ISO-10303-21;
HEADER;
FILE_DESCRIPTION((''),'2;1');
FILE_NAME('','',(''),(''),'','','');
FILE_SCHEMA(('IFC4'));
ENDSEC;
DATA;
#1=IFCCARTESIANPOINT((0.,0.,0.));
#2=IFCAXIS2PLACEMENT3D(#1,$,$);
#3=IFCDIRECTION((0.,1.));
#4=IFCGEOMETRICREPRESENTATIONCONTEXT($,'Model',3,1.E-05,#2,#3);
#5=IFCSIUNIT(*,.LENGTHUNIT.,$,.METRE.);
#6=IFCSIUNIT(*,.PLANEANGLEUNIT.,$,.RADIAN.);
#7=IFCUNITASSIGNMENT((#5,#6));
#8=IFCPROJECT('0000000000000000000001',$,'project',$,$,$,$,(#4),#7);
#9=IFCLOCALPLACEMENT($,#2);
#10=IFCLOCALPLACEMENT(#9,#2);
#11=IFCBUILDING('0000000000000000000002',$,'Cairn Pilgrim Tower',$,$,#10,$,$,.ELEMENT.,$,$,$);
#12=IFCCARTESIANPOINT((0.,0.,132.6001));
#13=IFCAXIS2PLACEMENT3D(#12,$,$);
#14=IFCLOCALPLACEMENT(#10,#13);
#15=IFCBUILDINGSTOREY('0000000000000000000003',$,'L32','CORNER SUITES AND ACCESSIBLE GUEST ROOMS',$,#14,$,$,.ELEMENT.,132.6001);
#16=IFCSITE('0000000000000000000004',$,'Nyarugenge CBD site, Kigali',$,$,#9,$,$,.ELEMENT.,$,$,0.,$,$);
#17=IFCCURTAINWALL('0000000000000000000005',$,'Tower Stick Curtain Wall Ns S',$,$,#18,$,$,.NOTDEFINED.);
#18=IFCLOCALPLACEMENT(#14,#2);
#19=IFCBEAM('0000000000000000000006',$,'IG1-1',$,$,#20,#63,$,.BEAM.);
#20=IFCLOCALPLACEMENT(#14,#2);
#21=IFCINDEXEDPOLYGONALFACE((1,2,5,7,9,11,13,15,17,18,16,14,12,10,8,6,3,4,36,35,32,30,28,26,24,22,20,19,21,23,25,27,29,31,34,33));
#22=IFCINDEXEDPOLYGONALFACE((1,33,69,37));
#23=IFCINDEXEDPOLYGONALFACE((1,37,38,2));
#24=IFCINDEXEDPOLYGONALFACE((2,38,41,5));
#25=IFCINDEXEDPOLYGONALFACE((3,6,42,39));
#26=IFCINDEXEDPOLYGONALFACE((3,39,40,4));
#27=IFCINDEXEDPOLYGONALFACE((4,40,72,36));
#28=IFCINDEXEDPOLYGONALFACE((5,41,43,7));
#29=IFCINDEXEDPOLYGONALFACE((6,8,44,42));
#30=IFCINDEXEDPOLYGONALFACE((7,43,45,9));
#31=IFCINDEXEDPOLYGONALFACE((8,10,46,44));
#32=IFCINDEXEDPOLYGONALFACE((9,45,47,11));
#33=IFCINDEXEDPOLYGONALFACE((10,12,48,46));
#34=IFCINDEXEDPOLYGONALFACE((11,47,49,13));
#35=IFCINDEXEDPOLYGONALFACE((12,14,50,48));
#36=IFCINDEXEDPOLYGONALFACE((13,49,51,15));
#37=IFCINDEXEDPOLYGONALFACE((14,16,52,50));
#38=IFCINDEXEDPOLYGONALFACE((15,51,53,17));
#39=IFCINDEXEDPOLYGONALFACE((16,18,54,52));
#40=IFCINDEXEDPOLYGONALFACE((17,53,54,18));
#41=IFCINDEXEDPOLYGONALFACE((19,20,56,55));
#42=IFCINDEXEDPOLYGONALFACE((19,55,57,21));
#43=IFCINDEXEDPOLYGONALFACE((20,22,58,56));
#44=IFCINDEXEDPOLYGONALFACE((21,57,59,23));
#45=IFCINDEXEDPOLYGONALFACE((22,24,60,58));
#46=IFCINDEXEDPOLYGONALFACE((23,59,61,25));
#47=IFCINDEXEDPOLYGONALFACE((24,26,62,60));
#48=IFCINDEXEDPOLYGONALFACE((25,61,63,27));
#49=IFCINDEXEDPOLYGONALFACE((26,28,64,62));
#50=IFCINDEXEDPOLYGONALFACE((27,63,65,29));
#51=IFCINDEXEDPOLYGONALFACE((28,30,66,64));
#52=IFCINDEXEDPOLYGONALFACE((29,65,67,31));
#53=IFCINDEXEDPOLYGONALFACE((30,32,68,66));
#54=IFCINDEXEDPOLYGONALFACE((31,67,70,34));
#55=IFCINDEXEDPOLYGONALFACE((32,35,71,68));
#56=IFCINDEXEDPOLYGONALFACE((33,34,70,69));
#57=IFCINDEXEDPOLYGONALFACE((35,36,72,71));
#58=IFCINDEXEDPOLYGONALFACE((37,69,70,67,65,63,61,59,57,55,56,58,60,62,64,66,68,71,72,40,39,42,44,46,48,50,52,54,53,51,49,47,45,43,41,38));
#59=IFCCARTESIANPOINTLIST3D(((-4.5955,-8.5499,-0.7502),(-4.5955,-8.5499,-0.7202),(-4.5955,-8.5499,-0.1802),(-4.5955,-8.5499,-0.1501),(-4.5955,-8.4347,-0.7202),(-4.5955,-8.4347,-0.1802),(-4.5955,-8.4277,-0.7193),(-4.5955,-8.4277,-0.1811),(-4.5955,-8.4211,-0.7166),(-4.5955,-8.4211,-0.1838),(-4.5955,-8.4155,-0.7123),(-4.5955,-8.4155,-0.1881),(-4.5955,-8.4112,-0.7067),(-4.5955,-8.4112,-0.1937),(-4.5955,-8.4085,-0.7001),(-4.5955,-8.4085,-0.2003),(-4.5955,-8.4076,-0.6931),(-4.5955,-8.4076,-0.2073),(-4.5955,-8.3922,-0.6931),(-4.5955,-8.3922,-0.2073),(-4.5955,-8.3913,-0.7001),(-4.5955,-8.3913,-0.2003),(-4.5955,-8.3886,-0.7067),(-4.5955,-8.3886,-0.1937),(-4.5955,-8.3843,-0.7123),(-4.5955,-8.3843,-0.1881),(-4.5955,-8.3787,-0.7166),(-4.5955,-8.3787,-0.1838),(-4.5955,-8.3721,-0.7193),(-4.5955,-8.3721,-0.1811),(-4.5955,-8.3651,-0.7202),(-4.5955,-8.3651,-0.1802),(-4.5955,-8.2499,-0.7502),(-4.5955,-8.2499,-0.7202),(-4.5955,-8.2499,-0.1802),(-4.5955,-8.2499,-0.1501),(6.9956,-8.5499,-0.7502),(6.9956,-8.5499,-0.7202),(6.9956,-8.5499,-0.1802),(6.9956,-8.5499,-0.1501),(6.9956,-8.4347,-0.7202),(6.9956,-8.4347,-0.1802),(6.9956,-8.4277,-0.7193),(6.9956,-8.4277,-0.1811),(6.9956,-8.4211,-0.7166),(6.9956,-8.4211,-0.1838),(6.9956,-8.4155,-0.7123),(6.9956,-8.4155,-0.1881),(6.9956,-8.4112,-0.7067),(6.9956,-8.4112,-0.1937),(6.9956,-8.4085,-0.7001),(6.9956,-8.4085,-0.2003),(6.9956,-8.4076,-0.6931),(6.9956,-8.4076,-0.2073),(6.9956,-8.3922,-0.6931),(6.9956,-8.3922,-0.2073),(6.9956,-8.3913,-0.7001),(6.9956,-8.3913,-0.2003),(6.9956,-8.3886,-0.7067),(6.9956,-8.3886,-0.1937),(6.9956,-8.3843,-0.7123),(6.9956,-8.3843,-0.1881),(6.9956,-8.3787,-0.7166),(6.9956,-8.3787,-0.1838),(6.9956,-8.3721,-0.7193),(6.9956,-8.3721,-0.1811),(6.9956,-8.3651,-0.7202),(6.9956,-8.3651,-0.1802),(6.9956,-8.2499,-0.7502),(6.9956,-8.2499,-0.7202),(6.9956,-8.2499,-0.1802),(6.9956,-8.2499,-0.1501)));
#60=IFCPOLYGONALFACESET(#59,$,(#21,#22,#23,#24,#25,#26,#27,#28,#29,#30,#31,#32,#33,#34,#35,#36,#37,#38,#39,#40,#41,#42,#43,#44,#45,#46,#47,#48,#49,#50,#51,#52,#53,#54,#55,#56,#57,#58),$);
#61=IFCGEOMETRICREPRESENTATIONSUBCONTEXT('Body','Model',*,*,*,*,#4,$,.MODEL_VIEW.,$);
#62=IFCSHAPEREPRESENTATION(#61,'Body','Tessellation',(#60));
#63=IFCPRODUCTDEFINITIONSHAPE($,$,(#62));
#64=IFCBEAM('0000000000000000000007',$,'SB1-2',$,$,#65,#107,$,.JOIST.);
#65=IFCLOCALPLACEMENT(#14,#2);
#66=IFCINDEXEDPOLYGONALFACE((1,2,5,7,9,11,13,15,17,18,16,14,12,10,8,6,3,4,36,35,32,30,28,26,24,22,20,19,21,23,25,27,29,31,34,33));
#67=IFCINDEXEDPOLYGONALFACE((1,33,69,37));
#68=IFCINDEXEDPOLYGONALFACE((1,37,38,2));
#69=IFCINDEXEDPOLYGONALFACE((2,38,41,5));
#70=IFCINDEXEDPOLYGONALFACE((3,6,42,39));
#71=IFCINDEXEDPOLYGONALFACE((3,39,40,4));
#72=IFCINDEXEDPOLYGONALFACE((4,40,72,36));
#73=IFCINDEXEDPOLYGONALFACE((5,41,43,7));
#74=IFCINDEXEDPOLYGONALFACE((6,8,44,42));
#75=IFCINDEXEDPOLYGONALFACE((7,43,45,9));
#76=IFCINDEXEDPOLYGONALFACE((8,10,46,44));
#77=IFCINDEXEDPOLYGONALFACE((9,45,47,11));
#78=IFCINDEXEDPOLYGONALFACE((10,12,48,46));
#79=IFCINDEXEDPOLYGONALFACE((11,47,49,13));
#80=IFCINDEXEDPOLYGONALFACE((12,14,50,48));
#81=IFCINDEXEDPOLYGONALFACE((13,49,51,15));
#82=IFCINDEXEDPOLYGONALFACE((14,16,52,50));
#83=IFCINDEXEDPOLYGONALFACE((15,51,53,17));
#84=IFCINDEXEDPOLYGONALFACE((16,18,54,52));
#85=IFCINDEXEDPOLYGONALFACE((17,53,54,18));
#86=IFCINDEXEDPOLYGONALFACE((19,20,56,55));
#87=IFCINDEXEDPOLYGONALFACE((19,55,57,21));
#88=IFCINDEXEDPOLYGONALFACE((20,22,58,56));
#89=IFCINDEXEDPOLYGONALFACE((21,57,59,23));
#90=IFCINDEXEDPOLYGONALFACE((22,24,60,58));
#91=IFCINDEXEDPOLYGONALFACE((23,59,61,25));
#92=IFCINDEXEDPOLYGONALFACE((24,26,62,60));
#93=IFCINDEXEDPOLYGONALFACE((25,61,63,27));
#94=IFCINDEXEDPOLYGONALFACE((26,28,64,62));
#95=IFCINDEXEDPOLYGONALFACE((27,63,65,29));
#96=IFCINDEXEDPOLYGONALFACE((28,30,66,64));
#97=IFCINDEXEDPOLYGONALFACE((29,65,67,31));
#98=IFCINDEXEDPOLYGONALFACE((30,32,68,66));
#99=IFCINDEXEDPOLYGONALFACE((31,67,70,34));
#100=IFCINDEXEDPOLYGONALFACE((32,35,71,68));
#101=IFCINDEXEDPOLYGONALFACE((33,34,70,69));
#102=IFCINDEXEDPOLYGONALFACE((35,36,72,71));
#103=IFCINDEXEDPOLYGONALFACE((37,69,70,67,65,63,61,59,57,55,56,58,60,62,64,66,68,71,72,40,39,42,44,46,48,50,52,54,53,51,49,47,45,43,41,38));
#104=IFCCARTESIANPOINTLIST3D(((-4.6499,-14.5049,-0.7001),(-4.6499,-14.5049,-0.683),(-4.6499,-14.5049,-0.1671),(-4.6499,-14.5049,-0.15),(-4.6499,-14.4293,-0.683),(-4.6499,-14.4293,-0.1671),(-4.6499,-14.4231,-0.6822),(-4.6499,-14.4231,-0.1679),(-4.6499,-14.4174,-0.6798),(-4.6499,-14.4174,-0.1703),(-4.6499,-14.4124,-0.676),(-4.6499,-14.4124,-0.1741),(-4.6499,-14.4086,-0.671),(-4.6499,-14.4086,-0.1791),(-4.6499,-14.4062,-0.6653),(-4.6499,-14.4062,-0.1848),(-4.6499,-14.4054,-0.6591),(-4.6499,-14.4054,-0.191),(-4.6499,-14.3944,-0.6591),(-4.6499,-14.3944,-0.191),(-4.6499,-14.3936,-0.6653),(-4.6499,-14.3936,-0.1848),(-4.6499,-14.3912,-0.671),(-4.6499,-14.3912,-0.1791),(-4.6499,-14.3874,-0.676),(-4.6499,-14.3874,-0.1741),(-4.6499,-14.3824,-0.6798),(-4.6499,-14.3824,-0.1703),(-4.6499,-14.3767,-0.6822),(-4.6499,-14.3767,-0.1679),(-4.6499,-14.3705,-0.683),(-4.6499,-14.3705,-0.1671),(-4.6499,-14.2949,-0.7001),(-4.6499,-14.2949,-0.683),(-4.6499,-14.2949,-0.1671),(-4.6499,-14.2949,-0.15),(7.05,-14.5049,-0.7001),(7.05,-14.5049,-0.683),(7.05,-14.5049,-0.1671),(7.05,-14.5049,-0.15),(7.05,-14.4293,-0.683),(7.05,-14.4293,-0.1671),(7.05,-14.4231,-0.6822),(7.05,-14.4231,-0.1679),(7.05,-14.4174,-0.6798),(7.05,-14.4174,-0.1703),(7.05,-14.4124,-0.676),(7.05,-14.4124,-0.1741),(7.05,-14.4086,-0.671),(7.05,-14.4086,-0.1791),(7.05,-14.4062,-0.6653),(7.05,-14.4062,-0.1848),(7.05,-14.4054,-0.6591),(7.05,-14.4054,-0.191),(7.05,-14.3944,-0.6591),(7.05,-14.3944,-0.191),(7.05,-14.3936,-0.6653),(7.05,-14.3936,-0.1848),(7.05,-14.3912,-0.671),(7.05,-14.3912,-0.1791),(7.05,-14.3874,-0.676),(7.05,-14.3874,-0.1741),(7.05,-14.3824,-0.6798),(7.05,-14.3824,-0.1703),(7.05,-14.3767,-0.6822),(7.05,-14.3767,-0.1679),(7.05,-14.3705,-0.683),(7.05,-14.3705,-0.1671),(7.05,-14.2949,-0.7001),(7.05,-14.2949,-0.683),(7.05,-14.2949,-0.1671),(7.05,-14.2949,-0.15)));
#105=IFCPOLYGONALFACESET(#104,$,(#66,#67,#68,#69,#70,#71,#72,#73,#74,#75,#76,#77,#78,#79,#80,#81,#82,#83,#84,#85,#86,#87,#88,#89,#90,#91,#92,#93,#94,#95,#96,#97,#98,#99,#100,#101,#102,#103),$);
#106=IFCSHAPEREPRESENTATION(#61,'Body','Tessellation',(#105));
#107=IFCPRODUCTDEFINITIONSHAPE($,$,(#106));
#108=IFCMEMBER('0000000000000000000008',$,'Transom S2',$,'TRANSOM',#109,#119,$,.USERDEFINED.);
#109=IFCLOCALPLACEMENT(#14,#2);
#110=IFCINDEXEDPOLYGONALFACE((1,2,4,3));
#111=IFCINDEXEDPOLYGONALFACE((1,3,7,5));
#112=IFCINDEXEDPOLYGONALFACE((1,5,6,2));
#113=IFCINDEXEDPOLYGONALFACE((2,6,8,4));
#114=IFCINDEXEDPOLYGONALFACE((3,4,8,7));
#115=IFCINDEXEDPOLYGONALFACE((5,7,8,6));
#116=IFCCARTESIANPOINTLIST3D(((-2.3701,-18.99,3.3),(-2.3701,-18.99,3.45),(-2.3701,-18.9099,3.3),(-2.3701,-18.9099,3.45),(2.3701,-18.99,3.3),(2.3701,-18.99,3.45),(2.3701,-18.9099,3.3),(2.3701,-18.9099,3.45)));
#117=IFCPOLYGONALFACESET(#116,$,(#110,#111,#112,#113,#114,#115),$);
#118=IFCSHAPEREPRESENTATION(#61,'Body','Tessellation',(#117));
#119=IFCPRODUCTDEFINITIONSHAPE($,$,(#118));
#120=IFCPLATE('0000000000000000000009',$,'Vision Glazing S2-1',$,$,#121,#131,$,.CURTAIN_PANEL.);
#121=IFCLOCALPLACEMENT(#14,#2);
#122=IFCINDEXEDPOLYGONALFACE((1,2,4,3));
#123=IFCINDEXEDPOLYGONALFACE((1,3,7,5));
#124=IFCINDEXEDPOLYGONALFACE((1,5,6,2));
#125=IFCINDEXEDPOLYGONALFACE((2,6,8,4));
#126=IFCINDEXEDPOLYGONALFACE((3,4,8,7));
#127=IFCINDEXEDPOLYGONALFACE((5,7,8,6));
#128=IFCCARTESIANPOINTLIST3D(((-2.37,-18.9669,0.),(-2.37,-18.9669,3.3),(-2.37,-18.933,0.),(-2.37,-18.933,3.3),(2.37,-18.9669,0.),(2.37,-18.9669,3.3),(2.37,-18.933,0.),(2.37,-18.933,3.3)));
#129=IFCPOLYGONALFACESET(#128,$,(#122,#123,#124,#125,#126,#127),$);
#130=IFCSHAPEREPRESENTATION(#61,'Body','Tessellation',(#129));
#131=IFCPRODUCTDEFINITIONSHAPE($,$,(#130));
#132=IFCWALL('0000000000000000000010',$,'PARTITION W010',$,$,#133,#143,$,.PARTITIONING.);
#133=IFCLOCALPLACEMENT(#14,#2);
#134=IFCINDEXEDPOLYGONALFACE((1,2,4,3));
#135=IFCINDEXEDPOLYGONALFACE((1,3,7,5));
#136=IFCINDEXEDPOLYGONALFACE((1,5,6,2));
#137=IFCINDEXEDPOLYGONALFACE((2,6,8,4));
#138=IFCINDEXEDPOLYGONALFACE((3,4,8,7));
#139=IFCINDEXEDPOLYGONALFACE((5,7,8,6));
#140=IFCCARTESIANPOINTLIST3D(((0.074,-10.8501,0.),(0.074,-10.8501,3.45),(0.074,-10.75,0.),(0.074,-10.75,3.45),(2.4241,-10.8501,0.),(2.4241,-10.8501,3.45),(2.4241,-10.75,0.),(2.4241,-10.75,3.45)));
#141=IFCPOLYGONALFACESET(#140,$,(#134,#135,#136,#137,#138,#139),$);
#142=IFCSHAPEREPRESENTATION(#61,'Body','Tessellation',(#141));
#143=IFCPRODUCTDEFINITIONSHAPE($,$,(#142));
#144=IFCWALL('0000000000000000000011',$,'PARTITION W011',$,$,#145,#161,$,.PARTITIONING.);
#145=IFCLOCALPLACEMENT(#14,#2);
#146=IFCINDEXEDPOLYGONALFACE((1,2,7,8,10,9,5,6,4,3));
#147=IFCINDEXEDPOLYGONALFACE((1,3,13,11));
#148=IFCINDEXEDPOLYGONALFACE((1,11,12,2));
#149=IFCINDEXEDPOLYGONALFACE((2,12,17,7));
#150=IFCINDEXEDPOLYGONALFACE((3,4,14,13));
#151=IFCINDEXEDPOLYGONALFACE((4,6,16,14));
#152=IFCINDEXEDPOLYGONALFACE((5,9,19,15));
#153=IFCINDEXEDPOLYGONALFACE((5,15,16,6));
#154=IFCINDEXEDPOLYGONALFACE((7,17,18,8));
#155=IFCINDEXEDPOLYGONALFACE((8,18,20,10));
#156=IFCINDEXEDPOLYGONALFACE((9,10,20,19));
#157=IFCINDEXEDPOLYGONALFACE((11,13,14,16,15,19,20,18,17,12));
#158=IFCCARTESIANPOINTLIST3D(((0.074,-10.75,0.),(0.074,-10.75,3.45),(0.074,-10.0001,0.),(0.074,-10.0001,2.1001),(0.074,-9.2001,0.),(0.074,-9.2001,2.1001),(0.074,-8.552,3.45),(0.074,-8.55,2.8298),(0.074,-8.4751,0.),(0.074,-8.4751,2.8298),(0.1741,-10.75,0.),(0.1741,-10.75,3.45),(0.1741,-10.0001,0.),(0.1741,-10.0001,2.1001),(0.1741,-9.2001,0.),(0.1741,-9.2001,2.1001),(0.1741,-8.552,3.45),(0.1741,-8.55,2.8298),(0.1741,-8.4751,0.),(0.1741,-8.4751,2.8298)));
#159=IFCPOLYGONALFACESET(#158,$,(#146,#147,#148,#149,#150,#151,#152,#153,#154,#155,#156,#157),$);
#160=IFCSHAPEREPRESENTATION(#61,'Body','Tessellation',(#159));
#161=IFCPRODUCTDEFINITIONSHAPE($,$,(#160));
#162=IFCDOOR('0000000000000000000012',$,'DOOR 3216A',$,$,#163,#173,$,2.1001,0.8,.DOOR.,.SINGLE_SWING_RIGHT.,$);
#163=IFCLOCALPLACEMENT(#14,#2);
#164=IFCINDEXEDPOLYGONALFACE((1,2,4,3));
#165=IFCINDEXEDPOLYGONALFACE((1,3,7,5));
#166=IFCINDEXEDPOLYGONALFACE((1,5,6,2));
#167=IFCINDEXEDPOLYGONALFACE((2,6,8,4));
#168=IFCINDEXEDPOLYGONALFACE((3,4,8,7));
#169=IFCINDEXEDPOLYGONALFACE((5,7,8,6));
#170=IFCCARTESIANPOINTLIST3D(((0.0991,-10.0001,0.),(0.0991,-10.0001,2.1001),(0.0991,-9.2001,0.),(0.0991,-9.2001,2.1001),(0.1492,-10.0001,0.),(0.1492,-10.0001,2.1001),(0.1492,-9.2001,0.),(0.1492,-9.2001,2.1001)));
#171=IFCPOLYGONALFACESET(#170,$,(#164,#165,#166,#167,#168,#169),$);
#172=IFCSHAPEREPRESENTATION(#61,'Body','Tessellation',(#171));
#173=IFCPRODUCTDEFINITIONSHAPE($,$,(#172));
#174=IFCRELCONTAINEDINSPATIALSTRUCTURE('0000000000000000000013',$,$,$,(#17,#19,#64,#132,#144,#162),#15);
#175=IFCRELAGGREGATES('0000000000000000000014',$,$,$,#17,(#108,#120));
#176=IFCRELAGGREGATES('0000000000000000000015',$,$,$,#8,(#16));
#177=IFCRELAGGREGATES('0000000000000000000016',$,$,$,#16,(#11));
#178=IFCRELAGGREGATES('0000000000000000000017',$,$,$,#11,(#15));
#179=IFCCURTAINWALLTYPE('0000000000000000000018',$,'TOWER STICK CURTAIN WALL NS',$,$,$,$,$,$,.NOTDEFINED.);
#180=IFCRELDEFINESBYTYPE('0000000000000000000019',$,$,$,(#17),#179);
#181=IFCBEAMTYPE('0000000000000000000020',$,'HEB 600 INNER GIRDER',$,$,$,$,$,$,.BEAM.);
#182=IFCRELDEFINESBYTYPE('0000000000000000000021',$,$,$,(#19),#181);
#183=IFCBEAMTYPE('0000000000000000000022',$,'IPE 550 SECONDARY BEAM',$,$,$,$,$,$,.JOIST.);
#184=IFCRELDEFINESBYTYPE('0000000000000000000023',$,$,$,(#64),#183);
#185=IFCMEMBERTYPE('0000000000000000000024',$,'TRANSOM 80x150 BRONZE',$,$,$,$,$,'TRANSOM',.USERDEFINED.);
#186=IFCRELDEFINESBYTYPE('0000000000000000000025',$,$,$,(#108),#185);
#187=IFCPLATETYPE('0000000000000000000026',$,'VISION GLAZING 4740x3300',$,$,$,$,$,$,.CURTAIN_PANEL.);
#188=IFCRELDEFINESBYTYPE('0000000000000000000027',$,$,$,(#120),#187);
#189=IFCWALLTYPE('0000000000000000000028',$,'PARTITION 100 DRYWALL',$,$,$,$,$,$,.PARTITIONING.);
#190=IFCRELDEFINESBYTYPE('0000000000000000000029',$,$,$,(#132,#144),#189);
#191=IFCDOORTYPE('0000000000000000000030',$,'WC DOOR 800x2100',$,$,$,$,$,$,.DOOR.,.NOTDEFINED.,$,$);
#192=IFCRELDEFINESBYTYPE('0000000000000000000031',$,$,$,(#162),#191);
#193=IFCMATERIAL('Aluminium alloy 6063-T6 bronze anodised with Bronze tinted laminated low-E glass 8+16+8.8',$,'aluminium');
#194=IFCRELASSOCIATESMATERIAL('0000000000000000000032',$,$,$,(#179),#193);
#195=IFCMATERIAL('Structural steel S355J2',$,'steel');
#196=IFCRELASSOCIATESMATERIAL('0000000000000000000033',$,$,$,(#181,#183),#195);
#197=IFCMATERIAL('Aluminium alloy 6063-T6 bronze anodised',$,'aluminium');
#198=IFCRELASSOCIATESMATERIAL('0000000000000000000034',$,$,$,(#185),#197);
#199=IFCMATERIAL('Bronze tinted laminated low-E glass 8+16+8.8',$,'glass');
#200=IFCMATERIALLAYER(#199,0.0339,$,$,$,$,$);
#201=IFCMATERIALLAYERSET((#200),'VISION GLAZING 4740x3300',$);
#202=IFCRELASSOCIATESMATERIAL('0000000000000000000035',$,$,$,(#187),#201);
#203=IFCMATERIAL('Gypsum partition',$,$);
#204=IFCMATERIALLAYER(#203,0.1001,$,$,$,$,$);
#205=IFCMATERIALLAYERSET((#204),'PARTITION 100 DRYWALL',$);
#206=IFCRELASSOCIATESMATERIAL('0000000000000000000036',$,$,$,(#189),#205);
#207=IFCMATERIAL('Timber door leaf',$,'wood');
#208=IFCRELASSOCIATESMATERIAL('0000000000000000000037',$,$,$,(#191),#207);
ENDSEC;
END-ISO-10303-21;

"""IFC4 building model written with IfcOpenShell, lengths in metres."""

from ifc_helpers import new_model, si_unit, direction, frame, frame_2d, origin, origin_2d, place, context, subcontext, project, spatial, polyline, rectangle, i_section, outline, extrude, material, layer, layer_set, material_profile, profile_set, type_object, element, fill, aggregate, save


model = new_model("IFC4")

# Units and contexts
model_context = context("Model", 3, precision=1e-05, world=origin(), true_north=direction((0.0, 1.0)))
body_context = subcontext(model_context, "Body", "Model", "MODEL_VIEW")
ifc_project = project(units=[si_unit("LENGTHUNIT", "METRE"), si_unit("PLANEANGLEUNIT", "RADIAN")], contexts=[model_context])

# Site, building, storey
site_placement = place(None, origin())
site = spatial("IfcSite", under=ifc_project, at=site_placement, Name="Nyarugenge CBD site, Kigali", CompositionType="ELEMENT", RefElevation=0.0)
building_placement = place(site_placement, origin())
building = spatial("IfcBuilding", under=site, at=building_placement, Name="Cairn Pilgrim Tower", CompositionType="ELEMENT")
storey_placement = place(building_placement, frame((0.0, 0.0, 132.6001)))
storey = spatial("IfcBuildingStorey", under=building, at=storey_placement, Name="L32", Description="CORNER SUITES AND ACCESSIBLE GUEST ROOMS", CompositionType="ELEMENT", Elevation=132.6001)

# Curtain wall
ifc_material_1 = material(Name="Aluminium alloy 6063-T6 bronze anodised with Bronze tinted laminated low-E glass 8+16+8.8", Category="aluminium")
curtain_wall_type = type_object("IfcCurtainWallType", Name="TOWER STICK CURTAIN WALL NS", PredefinedType="NOTDEFINED", material=ifc_material_1)
curtain_wall_placement = place(storey_placement, origin())
curtain_wall = element("IfcCurtainWall", 1, at=curtain_wall_placement, inside=storey, type_object=curtain_wall_type, Name="Tower Stick Curtain Wall Ns S", PredefinedType="NOTDEFINED")
ifc_material_2 = material(Name="Aluminium alloy 6063-T6 bronze anodised", Category="aluminium")

# Beams
ifc_material_3 = material(Name="Structural steel S355J2", Category="steel")
ifc_material_profile_1 = material_profile(ifc_material_3, i_section(OverallWidth=0.3, OverallDepth=0.6001, WebThickness=0.0154, FlangeThickness=0.03, FilletRadius=0.0271, at=origin_2d()), Name="HEB 600")
ifc_profile_set_1 = profile_set([ifc_material_profile_1], Name="Structural steel S355J2")
beam_type_1 = type_object("IfcBeamType", Name="HEB 600 INNER GIRDER", PredefinedType="BEAM", material=ifc_profile_set_1)
beam_1_placement = place(storey_placement, frame((-4.5955, -8.3999, -0.4502), z_axis=(1.0, 0.0, 0.0), x_axis=(0.0, 1.0, 0.0)))
element("IfcBeam", 2, at=beam_1_placement, inside=storey, type_object=beam_type_1, Name="IG1-1", PredefinedType="BEAM", context=body_context, shape_type="SweptSolid", body=[
    extrude(i_section(OverallWidth=0.3, OverallDepth=0.6001, WebThickness=0.0154, FlangeThickness=0.03, FilletRadius=0.0271, at=origin_2d()), origin(), (0.0, 0.0, 1.0), 11.5911),
])
ifc_material_profile_2 = material_profile(ifc_material_3, i_section(OverallWidth=0.21, OverallDepth=0.55, WebThickness=0.011, FlangeThickness=0.0171, FilletRadius=0.0239, at=origin_2d()), Name="IPE 550")
ifc_profile_set_2 = profile_set([ifc_material_profile_2], Name="Structural steel S355J2")
beam_type_2 = type_object("IfcBeamType", Name="IPE 550 SECONDARY BEAM", PredefinedType="JOIST", material=ifc_profile_set_2)
beam_2_placement = place(storey_placement, frame((-4.6499, -14.3999, -0.425), z_axis=(1.0, 0.0, 0.0), x_axis=(0.0, 1.0, 0.0)))
element("IfcBeam", 3, at=beam_2_placement, inside=storey, type_object=beam_type_2, Name="SB1-2", PredefinedType="JOIST", context=body_context, shape_type="SweptSolid", body=[
    extrude(i_section(OverallWidth=0.21, OverallDepth=0.55, WebThickness=0.011, FlangeThickness=0.0171, FilletRadius=0.0239, at=origin_2d()), origin(), (0.0, 0.0, 1.0), 11.7),
])

# Member
ifc_material_profile_3 = material_profile(ifc_material_2, rectangle(XDim=0.0801, YDim=0.1499, at=origin_2d()), Name="TRANSOM 80x150 BRONZE")
ifc_profile_set_3 = profile_set([ifc_material_profile_3], Name="Aluminium alloy 6063-T6 bronze anodised")
member_type_1 = type_object("IfcMemberType", Name="TRANSOM 80x150 BRONZE", ElementType="TRANSOM", PredefinedType="USERDEFINED", material=ifc_profile_set_3)
member_1_placement = place(storey_placement, frame((-2.3701, -18.95, 3.375), z_axis=(1.0, 0.0, 0.0), x_axis=(0.0, 1.0, 0.0)))
member_1 = element("IfcMember", 4, at=member_1_placement, type_object=member_type_1, Name="Transom S2", ObjectType="TRANSOM", PredefinedType="USERDEFINED", context=body_context, shape_type="SweptSolid", body=[
    extrude(rectangle(XDim=0.0801, YDim=0.1499, at=origin_2d()), origin(), (0.0, 0.0, 1.0), 4.7402),
])

# Plate
ifc_material_4 = material(Name="Bronze tinted laminated low-E glass 8+16+8.8", Category="glass")
ifc_layer_1 = layer(ifc_material_4, 0.0339)
ifc_layer_set_1 = layer_set([ifc_layer_1], Name="VISION GLAZING 4740x3300")
plate_type = type_object("IfcPlateType", Name="VISION GLAZING 4740x3300", PredefinedType="CURTAIN_PANEL", material=ifc_layer_set_1)
plate_placement = place(storey_placement, frame((0.0, -18.95, 0.0), z_axis=(0.0, 0.0, 1.0), x_axis=(1.0, 0.0, 0.0)))
plate = element("IfcPlate", 5, at=plate_placement, type_object=plate_type, Name="Vision Glazing S2-1", PredefinedType="CURTAIN_PANEL", context=body_context, shape_type="SweptSolid", body=[
    extrude(rectangle(XDim=4.74, YDim=0.0339, at=origin_2d()), origin(), (0.0, 0.0, 1.0), 3.3),
])
aggregate(curtain_wall, [member_1, plate])

# Wall
ifc_material_5 = material(Name="Gypsum partition")
ifc_layer_2 = layer(ifc_material_5, 0.1001)
ifc_layer_set_2 = layer_set([ifc_layer_2], Name="PARTITION 100 DRYWALL")
wall_type_1 = type_object("IfcWallType", Name="PARTITION 100 DRYWALL", PredefinedType="PARTITIONING", material=ifc_layer_set_2)
wall_1_placement = place(storey_placement, frame((0.074, -10.8, 0.0), z_axis=(0.0, 0.0, 1.0), x_axis=(1.0, 0.0, 0.0)))
element("IfcWall", 6, at=wall_1_placement, inside=storey, type_object=wall_type_1, Name="PARTITION W010", PredefinedType="PARTITIONING", context=body_context, shape_type="SweptSolid", body=[
    extrude(rectangle(XDim=2.3501, YDim=0.1001, at=frame_2d((1.175, 0.0))), origin(), (0.0, 0.0, 1.0), 3.45),
])

# Wall, opening, door
wall_2_placement = place(storey_placement, frame((0.124, -10.75, 0.0), z_axis=(0.0, 0.0, 1.0), x_axis=(0.0, 1.0, 0.0)))
wall_2 = element("IfcWall", 7, at=wall_2_placement, inside=storey, type_object=wall_type_1, Name="PARTITION W011", PredefinedType="PARTITIONING", context=body_context, shape_type="SweptSolid", body=[
    extrude(outline(polyline([(0.0, 0.0), (2.2749, 0.0), (2.2749, 2.8298), (2.2, 2.8298), (2.198, 3.45), (0.0, 3.45), (0.0, 0.0)])), frame((0.0, 0.05, 0.0), z_axis=(0.0, -1.0, 0.0), x_axis=(1.0, 0.0, 0.0)), (0.0, 0.0, 1.0), 0.1001),
])
opening_1_placement = place(wall_2_placement, frame((0.75, 0.0, 0.0)))
opening_1 = element("IfcOpeningElement", 8, at=opening_1_placement, cuts=wall_2, PredefinedType="OPENING", context=body_context, shape_type="SweptSolid", body=[
    extrude(rectangle(XDim=0.8, YDim=2.1001, at=frame_2d((0.3999, 1.05))), frame((0.0, 0.0601, 0.0), z_axis=(0.0, -1.0, 0.0), x_axis=(1.0, 0.0, 0.0)), (0.0, 0.0, 1.0), 0.1201),
])
ifc_material_6 = material(Name="Timber door leaf", Category="wood")
door_type_1 = type_object("IfcDoorType", Name="WC DOOR 800x2100", OperationType="NOTDEFINED", PredefinedType="DOOR", material=ifc_material_6)
door_1_placement = place(opening_1_placement, origin())
door_1 = element("IfcDoor", 9, at=door_1_placement, inside=storey, type_object=door_type_1, Name="DOOR 3216A", OperationType="SINGLE_SWING_RIGHT", OverallHeight=2.1001, OverallWidth=0.8, PredefinedType="DOOR", context=body_context, shape_type="SweptSolid", body=[
    extrude(rectangle(XDim=0.8, YDim=2.1001, at=frame_2d((0.3999, 1.05))), frame((0.0, 0.0249, 0.0), z_axis=(0.0, -1.0, 0.0), x_axis=(1.0, 0.0, 0.0)), (0.0, 0.0, 1.0), 0.05),
])
fill(opening_1, door_1)

save(model, "model.ifc")
